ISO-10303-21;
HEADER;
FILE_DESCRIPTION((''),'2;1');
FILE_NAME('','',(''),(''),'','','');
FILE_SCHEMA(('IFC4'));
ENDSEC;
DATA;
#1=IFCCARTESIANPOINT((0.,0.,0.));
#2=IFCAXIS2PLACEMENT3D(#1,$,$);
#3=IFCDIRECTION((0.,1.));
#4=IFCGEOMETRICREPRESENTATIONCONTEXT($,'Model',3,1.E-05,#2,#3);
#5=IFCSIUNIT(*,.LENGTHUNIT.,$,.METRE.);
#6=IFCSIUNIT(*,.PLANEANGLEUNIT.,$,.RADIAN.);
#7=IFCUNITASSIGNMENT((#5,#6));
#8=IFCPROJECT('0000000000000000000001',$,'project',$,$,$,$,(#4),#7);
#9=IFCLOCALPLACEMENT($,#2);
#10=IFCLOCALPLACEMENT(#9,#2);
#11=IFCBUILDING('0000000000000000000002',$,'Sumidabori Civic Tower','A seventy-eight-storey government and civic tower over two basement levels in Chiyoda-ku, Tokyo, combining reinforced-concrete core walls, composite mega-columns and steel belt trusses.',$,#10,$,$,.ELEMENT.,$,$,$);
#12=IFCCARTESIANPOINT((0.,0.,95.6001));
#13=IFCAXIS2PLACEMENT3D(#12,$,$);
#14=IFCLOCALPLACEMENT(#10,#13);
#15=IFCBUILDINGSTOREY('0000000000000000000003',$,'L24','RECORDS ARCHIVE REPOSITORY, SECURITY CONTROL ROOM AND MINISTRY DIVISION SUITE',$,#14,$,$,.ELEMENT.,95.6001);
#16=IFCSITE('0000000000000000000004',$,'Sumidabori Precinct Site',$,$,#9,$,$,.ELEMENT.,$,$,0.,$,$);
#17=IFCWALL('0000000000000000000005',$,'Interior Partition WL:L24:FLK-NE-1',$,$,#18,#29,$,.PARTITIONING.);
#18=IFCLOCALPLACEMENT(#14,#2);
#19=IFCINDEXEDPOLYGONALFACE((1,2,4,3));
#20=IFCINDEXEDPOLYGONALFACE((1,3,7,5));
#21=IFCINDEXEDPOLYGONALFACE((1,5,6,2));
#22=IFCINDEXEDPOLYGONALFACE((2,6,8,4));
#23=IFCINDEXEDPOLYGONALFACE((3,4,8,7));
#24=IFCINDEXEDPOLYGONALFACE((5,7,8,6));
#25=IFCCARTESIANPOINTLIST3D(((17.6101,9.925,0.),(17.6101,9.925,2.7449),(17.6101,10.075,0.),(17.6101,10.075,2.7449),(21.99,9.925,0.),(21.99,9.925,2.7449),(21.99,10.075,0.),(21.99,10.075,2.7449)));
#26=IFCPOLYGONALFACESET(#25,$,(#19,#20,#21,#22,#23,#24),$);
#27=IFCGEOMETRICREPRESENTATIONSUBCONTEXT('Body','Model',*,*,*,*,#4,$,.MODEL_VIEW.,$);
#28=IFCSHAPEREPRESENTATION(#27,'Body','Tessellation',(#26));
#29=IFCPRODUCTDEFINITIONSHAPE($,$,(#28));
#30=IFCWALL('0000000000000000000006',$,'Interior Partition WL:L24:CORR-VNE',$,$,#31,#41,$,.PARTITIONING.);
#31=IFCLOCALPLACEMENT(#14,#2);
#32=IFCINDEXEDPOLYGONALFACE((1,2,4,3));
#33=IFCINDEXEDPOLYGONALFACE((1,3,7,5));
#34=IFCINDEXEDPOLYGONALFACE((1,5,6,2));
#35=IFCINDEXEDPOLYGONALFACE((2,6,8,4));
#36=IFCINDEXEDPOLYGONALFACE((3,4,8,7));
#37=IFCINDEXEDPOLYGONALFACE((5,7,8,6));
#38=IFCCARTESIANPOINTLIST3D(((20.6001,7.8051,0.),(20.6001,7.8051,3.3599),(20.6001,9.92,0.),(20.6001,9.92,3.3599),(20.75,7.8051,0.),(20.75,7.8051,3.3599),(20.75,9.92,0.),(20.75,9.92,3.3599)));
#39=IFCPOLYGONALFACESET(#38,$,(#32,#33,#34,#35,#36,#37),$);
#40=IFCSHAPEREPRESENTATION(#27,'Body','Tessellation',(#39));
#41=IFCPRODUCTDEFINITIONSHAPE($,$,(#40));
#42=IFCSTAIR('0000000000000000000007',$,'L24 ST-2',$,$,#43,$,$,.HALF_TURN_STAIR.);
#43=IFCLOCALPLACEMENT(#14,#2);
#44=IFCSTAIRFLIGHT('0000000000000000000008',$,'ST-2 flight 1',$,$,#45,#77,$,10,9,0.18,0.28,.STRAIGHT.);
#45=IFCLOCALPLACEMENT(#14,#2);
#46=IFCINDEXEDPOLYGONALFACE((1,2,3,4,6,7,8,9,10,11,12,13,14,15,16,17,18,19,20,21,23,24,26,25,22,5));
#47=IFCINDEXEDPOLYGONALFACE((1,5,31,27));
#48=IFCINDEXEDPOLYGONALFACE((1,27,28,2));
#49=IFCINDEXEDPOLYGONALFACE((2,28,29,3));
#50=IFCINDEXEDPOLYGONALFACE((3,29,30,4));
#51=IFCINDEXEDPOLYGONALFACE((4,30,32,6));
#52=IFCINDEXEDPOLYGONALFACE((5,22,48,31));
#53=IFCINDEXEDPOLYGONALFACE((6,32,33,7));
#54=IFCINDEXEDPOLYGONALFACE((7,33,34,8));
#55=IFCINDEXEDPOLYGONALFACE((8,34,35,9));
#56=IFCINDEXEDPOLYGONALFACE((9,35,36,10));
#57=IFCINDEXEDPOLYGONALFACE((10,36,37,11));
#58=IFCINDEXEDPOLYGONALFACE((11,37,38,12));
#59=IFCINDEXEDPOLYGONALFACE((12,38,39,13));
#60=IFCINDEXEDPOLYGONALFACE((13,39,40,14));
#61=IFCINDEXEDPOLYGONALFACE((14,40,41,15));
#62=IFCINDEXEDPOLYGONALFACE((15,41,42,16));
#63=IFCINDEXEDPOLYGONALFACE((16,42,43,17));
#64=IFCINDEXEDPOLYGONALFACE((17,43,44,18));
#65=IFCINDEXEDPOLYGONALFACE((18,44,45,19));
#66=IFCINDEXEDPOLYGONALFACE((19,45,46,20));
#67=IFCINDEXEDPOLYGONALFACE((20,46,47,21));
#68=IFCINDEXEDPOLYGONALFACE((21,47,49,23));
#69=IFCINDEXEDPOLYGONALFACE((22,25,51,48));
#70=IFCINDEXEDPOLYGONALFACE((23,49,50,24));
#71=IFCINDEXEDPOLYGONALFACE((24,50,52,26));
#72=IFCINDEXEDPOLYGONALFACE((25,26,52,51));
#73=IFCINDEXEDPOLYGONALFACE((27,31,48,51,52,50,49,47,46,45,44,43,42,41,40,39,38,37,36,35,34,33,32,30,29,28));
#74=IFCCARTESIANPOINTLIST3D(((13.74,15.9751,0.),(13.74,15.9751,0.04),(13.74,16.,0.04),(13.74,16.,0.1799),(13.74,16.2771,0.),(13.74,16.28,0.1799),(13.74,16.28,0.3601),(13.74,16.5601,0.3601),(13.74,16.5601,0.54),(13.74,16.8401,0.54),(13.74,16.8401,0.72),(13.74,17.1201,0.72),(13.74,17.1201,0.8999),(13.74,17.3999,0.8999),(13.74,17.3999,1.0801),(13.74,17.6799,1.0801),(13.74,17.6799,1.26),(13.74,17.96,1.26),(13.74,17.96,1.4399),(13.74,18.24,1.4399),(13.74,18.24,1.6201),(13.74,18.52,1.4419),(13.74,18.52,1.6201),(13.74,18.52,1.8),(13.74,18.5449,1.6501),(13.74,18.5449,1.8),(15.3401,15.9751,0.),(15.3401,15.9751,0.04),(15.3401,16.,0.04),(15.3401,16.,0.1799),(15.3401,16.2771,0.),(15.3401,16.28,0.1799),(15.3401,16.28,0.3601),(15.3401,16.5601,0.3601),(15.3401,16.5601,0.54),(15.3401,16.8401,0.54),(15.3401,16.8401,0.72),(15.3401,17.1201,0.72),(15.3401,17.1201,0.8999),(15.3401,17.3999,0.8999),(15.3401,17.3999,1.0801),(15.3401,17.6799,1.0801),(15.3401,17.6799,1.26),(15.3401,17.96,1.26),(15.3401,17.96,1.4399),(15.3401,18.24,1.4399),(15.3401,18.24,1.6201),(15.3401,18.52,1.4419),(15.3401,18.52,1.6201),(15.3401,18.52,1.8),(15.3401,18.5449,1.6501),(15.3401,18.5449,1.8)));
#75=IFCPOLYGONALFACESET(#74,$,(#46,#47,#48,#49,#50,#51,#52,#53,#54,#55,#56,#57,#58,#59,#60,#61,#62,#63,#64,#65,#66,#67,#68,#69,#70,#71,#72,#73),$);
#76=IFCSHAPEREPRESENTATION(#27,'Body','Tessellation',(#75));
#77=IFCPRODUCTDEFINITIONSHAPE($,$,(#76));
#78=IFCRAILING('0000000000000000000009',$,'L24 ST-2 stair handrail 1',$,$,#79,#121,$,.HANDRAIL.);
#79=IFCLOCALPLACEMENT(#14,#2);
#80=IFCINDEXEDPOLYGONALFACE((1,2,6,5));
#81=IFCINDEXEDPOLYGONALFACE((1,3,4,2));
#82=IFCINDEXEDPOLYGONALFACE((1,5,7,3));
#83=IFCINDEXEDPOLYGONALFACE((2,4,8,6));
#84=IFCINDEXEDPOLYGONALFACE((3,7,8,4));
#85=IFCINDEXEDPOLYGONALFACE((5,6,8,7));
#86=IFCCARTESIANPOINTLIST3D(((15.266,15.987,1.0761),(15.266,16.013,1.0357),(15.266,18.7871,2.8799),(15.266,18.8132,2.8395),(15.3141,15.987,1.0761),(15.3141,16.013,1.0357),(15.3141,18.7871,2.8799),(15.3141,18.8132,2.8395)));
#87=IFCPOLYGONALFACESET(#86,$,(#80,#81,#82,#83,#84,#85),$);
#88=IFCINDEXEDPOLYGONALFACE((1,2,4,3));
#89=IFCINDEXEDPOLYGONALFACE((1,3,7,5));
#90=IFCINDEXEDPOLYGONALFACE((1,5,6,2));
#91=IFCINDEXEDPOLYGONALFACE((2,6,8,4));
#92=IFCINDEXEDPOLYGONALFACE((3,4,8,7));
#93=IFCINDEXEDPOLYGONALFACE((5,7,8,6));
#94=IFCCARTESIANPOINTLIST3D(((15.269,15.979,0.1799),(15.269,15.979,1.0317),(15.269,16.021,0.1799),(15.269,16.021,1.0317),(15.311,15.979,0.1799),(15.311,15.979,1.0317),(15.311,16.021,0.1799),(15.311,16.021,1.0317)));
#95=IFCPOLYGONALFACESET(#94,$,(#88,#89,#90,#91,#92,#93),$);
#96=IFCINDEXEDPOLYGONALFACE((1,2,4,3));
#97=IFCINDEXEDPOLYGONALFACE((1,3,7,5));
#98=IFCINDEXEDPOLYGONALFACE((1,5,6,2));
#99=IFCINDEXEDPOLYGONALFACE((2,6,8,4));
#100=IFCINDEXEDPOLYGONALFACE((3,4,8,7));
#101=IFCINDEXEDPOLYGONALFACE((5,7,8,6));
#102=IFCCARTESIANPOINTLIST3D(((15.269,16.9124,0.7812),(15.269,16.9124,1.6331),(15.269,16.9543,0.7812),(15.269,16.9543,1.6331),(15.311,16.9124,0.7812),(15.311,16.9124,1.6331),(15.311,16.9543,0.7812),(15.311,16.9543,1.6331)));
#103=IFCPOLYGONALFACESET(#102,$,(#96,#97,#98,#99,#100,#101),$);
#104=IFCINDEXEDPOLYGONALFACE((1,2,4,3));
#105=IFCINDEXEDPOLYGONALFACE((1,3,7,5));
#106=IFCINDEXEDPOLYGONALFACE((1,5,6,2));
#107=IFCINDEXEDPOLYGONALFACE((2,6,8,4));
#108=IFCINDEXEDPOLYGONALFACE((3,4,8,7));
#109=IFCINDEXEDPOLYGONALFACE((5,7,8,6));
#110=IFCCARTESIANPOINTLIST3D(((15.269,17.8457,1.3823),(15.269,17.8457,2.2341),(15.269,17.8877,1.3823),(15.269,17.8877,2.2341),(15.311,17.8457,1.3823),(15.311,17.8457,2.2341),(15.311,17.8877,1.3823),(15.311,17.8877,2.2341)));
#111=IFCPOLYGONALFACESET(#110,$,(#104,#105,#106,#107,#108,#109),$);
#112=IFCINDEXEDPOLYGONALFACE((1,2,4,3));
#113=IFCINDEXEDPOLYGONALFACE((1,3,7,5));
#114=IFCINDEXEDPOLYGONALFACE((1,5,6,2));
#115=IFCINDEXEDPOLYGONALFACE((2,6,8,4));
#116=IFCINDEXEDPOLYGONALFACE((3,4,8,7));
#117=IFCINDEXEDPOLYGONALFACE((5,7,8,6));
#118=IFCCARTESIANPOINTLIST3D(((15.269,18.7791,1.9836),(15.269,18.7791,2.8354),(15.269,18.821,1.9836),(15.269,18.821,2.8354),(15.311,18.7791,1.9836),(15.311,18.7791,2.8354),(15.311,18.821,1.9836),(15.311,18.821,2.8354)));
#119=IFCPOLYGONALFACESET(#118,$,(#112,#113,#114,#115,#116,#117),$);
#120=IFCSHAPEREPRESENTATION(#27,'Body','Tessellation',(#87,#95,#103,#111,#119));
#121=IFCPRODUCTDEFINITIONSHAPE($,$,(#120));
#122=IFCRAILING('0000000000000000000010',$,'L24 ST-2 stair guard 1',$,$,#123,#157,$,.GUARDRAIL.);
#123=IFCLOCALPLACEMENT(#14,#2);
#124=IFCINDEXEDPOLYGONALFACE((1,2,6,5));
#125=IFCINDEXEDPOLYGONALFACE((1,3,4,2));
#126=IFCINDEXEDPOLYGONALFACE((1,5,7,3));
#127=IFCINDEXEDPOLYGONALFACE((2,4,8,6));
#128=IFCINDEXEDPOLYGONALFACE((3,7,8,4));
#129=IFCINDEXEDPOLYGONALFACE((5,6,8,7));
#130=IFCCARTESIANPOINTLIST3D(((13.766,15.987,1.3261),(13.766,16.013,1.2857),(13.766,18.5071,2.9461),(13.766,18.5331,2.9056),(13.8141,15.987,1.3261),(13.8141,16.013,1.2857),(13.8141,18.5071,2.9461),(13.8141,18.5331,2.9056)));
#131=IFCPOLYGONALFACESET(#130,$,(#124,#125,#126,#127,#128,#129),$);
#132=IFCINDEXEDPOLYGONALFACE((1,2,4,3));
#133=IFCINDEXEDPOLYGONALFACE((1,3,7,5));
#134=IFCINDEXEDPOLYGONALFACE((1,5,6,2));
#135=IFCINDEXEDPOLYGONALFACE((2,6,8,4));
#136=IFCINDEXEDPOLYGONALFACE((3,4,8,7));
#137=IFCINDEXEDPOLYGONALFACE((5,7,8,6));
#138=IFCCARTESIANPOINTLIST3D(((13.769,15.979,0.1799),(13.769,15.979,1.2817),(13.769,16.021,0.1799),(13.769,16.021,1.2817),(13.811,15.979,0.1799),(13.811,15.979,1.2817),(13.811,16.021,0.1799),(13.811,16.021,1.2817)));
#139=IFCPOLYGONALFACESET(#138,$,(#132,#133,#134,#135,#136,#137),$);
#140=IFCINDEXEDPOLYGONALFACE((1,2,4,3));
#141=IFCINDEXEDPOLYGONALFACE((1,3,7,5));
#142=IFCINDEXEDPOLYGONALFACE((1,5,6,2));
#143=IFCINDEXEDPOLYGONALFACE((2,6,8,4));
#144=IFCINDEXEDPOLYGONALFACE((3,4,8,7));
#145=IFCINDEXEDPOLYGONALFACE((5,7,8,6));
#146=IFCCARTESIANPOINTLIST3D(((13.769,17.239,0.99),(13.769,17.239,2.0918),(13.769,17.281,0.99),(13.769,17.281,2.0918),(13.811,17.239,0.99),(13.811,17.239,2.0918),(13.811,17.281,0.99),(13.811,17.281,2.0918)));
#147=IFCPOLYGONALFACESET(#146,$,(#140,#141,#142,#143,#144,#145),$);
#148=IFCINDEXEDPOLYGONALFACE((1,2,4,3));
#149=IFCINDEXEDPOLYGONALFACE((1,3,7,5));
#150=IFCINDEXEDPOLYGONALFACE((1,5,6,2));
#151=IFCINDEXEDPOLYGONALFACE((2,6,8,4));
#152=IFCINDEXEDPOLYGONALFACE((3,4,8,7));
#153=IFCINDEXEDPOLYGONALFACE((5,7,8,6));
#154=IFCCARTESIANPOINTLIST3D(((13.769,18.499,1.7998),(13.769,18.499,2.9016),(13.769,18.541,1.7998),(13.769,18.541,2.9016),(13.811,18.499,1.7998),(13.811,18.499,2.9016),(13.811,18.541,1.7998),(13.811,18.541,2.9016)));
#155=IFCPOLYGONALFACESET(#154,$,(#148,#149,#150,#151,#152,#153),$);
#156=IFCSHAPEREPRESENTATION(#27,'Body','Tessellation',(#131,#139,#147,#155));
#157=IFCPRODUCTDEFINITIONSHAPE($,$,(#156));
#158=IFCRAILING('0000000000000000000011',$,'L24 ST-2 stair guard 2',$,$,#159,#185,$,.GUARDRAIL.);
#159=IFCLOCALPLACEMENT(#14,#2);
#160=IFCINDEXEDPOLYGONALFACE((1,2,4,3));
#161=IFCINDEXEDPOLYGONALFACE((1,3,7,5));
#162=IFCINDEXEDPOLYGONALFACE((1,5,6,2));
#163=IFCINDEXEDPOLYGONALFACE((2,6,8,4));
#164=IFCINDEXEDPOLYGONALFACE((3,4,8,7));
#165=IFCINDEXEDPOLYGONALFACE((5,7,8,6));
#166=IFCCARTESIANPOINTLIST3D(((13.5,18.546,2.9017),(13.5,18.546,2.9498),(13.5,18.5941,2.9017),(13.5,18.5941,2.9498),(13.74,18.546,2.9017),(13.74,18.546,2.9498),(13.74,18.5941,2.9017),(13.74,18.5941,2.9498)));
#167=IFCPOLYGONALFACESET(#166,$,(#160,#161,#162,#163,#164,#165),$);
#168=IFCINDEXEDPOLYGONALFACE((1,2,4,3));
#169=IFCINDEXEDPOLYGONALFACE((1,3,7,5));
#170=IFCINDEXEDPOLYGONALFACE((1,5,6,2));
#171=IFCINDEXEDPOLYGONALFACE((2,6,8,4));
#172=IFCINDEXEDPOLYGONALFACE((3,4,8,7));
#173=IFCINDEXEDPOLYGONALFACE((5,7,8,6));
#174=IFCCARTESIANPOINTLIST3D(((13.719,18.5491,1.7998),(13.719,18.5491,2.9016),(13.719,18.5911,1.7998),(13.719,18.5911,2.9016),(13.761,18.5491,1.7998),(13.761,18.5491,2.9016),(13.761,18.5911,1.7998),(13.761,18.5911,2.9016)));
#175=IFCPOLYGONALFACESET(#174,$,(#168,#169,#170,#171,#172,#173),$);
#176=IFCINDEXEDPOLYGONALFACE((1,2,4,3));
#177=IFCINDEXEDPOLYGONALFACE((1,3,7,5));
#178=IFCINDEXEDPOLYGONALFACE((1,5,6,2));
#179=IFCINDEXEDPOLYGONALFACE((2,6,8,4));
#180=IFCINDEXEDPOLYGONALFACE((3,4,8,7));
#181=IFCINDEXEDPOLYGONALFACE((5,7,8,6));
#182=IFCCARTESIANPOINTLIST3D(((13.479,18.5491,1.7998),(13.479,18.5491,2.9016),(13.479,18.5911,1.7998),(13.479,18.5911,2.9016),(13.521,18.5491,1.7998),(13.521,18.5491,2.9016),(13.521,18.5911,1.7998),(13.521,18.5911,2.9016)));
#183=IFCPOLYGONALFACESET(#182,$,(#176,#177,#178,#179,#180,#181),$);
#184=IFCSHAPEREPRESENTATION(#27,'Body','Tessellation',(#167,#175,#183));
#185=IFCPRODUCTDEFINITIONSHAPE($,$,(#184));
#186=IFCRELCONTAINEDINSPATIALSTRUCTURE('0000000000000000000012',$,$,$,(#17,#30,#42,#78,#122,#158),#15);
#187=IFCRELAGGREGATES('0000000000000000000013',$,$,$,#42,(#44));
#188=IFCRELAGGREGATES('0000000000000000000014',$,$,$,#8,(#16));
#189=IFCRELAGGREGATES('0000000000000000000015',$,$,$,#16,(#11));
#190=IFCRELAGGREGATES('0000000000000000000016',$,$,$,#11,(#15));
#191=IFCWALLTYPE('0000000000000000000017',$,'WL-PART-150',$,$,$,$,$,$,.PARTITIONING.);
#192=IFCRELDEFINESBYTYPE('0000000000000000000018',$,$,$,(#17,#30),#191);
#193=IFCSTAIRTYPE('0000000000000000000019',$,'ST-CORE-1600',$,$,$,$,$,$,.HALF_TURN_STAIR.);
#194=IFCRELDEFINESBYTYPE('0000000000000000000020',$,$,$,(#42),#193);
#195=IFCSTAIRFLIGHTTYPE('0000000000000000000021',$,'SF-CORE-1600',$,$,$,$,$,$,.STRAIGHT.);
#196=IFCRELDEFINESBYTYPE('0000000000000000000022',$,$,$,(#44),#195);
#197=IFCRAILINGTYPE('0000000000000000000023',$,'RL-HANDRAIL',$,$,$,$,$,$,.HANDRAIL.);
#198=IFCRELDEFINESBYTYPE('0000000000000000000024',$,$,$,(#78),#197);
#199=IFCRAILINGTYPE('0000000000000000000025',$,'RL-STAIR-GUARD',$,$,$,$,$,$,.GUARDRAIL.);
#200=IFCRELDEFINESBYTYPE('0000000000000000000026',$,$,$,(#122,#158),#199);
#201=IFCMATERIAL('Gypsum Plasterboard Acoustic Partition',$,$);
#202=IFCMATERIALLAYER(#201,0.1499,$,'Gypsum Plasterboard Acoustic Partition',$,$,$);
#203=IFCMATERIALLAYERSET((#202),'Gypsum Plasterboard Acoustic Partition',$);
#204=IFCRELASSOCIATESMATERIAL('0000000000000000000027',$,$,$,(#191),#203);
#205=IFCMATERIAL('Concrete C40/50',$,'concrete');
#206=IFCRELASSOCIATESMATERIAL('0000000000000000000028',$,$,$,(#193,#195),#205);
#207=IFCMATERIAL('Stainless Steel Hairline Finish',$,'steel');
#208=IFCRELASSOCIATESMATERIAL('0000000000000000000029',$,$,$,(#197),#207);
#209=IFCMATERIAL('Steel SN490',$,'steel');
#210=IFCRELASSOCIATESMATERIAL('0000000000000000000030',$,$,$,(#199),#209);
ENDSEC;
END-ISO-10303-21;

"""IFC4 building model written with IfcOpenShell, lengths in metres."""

from ifc_helpers import new_model, si_unit, direction, frame, frame_2d, origin, origin_2d, place, context, subcontext, project, spatial, polyline, rectangle, outline, extrude, source, transform, mapped, material, layer, layer_set, type_object, element, aggregate, save


model = new_model("IFC4")

# Units and contexts
model_context = context("Model", 3, precision=1e-05, world=origin(), true_north=direction((0.0, 1.0)))
body_context = subcontext(model_context, "Body", "Model", "MODEL_VIEW")
ifc_project = project(units=[si_unit("LENGTHUNIT", "METRE"), si_unit("PLANEANGLEUNIT", "RADIAN")], contexts=[model_context])

# Site, building, storey
site_placement = place(None, origin())
site = spatial("IfcSite", under=ifc_project, at=site_placement, Name="Sumidabori Precinct Site", CompositionType="ELEMENT", RefElevation=0.0)
building_placement = place(site_placement, origin())
building = spatial("IfcBuilding", under=site, at=building_placement, Name="Sumidabori Civic Tower", Description="A seventy-eight-storey government and civic tower over two basement levels in Chiyoda-ku, Tokyo, combining reinforced-concrete core walls, composite mega-columns and steel belt trusses.", CompositionType="ELEMENT")
storey_placement = place(building_placement, frame((0.0, 0.0, 95.6001)))
storey = spatial("IfcBuildingStorey", under=building, at=storey_placement, Name="L24", Description="RECORDS ARCHIVE REPOSITORY, SECURITY CONTROL ROOM AND MINISTRY DIVISION SUITE", CompositionType="ELEMENT", Elevation=95.6001)

# Shared definitions
ifc_material_1 = material(Name="Steel SN490", Category="steel")

# Walls
ifc_material_2 = material(Name="Gypsum Plasterboard Acoustic Partition")
ifc_layer_1 = layer(ifc_material_2, 0.1499, Name="Gypsum Plasterboard Acoustic Partition")
ifc_layer_set_1 = layer_set([ifc_layer_1], Name="Gypsum Plasterboard Acoustic Partition")
wall_type_1 = type_object("IfcWallType", Name="WL-PART-150", PredefinedType="PARTITIONING", material=ifc_layer_set_1)
shared_shape_1 = source(origin(), body_context, "Body", "SweptSolid", [
    extrude(rectangle(XDim=4.3799, YDim=0.1499, at=frame_2d((2.1899, 0.0))), origin(), (0.0, 0.0, 1.0), 2.7449),
])
wall_1_placement = place(storey_placement, frame((17.6101, 10.0, 0.0), z_axis=(0.0, 0.0, 1.0), x_axis=(1.0, 0.0, 0.0)))
element("IfcWall", 1, at=wall_1_placement, inside=storey, type_object=wall_type_1, Name="Interior Partition WL:L24:FLK-NE-1", PredefinedType="PARTITIONING", context=body_context, shape_type="MappedRepresentation", body=[
    mapped(shared_shape_1, transform((0.0, 0.0, 0.0), x_axis=(1.0, 0.0, 0.0), y_axis=(0.0, 1.0, 0.0), z_axis=(0.0, 0.0, 1.0), scale=1.0)),
])
shared_shape_2 = source(origin(), body_context, "Body", "SweptSolid", [
    extrude(rectangle(XDim=2.115, YDim=0.1499, at=frame_2d((1.0576, 0.0))), origin(), (0.0, 0.0, 1.0), 3.3599),
])
wall_2_placement = place(storey_placement, frame((20.675, 7.8049, 0.0), z_axis=(0.0, 0.0, 1.0), x_axis=(0.0, 1.0, 0.0)))
element("IfcWall", 2, at=wall_2_placement, inside=storey, type_object=wall_type_1, Name="Interior Partition WL:L24:CORR-VNE", PredefinedType="PARTITIONING", context=body_context, shape_type="MappedRepresentation", body=[
    mapped(shared_shape_2, transform((0.0, 0.0, 0.0), x_axis=(1.0, 0.0, 0.0), y_axis=(0.0, 1.0, 0.0), z_axis=(0.0, 0.0, 1.0), scale=1.0)),
])

# Stair, stair flight
ifc_material_3 = material(Name="Concrete C40/50", Category="concrete")
stair_type = type_object("IfcStairType", Name="ST-CORE-1600", PredefinedType="HALF_TURN_STAIR", material=ifc_material_3)
stair_placement = place(storey_placement, origin())
stair = element("IfcStair", 3, at=stair_placement, inside=storey, type_object=stair_type, Name="L24 ST-2", PredefinedType="HALF_TURN_STAIR")
stair_flight_type = type_object("IfcStairFlightType", Name="SF-CORE-1600", PredefinedType="STRAIGHT", material=ifc_material_3)
shared_shape_3 = source(origin(), body_context, "Body", "SweptSolid", [
    extrude(outline(polyline([(-0.0249, 0.0), (-0.0249, 0.04), (0.0, 0.04), (0.0, 0.1799), (0.28, 0.1799), (0.28, 0.3601), (0.5601, 0.3601), (0.5601, 0.54), (0.8401, 0.54), (0.8401, 0.72), (1.1201, 0.72), (1.1201, 0.8999), (1.3999, 0.8999), (1.3999, 1.0801), (1.6799, 1.0801), (1.6799, 1.26), (1.96, 1.26), (1.96, 1.4399), (2.24, 1.4399), (2.24, 1.6201), (2.52, 1.6201), (2.52, 1.8), (2.5449, 1.8), (2.5449, 1.6501), (2.52, 1.4419), (0.2771, 0.0), (-0.0249, 0.0)])), frame((0.0, 0.8, 0.0), z_axis=(0.0, -1.0, 0.0), x_axis=(1.0, 0.0, 0.0)), (0.0, 0.0, 1.0), 1.6001),
])
stair_flight_placement = place(storey_placement, frame((14.54, 16.0, 0.0), z_axis=(0.0, 0.0, 1.0), x_axis=(0.0, 1.0, 0.0)))
stair_flight = element("IfcStairFlight", 4, at=stair_flight_placement, type_object=stair_flight_type, Name="ST-2 flight 1", NumberOfRisers=10, NumberOfTreads=9, PredefinedType="STRAIGHT", RiserHeight=0.18, TreadLength=0.28, context=body_context, shape_type="MappedRepresentation", body=[
    mapped(shared_shape_3, transform((0.0, 0.0, 0.0), x_axis=(1.0, 0.0, 0.0), y_axis=(0.0, 1.0, 0.0), z_axis=(0.0, 0.0, 1.0), scale=1.0)),
])
aggregate(stair, [stair_flight])

# Railings
ifc_material_4 = material(Name="Stainless Steel Hairline Finish", Category="steel")
railing_type_1 = type_object("IfcRailingType", Name="RL-HANDRAIL", PredefinedType="HANDRAIL", material=ifc_material_4)
railing_1_placement = place(storey_placement, frame((15.29, 16.0, 0.1799)))
element("IfcRailing", 5, at=railing_1_placement, inside=storey, type_object=railing_type_1, Name="L24 ST-2 stair handrail 1", PredefinedType="HANDRAIL", context=body_context, shape_type="SweptSolid", body=[
    extrude(rectangle(XDim=0.0481, YDim=0.0481, at=origin_2d()), frame((0.0, 0.0, 0.876), z_axis=(0.0, 0.840676, 0.541539), x_axis=(-1.0, 0.0, 0.0)), (0.0, 0.0, 1.0), 3.3308),
    extrude(rectangle(XDim=0.042, YDim=0.042, at=origin_2d()), origin(), (0.0, 0.0, 1.0), 0.8518),
    extrude(rectangle(XDim=0.042, YDim=0.042, at=origin_2d()), frame((0.0, 0.9333, 0.6013)), (0.0, 0.0, 1.0), 0.8518),
    extrude(rectangle(XDim=0.042, YDim=0.042, at=origin_2d()), frame((0.0, 1.8667, 1.2024)), (0.0, 0.0, 1.0), 0.8518),
    extrude(rectangle(XDim=0.042, YDim=0.042, at=origin_2d()), frame((0.0, 2.8, 1.8037)), (0.0, 0.0, 1.0), 0.8518),
])
railing_type_2 = type_object("IfcRailingType", Name="RL-STAIR-GUARD", PredefinedType="GUARDRAIL", material=ifc_material_1)
railing_2_placement = place(storey_placement, frame((13.79, 16.0, 0.1799)))
element("IfcRailing", 6, at=railing_2_placement, inside=storey, type_object=railing_type_2, Name="L24 ST-2 stair guard 1", PredefinedType="GUARDRAIL", context=body_context, shape_type="SweptSolid", body=[
    extrude(rectangle(XDim=0.0481, YDim=0.0481, at=origin_2d()), frame((0.0, 0.0, 1.126), z_axis=(0.0, 0.8412, 0.540725), x_axis=(-1.0, 0.0, 0.0)), (0.0, 0.0, 1.0), 2.9958),
    extrude(rectangle(XDim=0.042, YDim=0.042, at=origin_2d()), origin(), (0.0, 0.0, 1.0), 1.1018),
    extrude(rectangle(XDim=0.042, YDim=0.042, at=origin_2d()), frame((0.0, 1.26, 0.8101)), (0.0, 0.0, 1.0), 1.1018),
    extrude(rectangle(XDim=0.042, YDim=0.042, at=origin_2d()), frame((0.0, 2.52, 1.6199)), (0.0, 0.0, 1.0), 1.1018),
])
for number, where, name in (
    (7, (13.74, 18.5701, 1.7998), "L24 ST-2 stair guard 2"),
):
    element("IfcRailing", number, at=place(storey_placement, frame(where)), inside=storey, type_object=railing_type_2, Name=name, PredefinedType="GUARDRAIL", context=body_context, shape_type="SweptSolid", body=[
        extrude(rectangle(XDim=0.0481, YDim=0.0481, at=origin_2d()), frame((0.0, 0.0, 1.126), z_axis=(-1.0, 0.0, 0.0), x_axis=(0.0, -1.0, 0.0)), (0.0, 0.0, 1.0), 0.24),
        extrude(rectangle(XDim=0.042, YDim=0.042, at=origin_2d()), origin(), (0.0, 0.0, 1.0), 1.1018),
        extrude(rectangle(XDim=0.042, YDim=0.042, at=origin_2d()), frame((-0.24, 0.0, 0.0)), (0.0, 0.0, 1.0), 1.1018),
    ])

save(model, "model.ifc")
